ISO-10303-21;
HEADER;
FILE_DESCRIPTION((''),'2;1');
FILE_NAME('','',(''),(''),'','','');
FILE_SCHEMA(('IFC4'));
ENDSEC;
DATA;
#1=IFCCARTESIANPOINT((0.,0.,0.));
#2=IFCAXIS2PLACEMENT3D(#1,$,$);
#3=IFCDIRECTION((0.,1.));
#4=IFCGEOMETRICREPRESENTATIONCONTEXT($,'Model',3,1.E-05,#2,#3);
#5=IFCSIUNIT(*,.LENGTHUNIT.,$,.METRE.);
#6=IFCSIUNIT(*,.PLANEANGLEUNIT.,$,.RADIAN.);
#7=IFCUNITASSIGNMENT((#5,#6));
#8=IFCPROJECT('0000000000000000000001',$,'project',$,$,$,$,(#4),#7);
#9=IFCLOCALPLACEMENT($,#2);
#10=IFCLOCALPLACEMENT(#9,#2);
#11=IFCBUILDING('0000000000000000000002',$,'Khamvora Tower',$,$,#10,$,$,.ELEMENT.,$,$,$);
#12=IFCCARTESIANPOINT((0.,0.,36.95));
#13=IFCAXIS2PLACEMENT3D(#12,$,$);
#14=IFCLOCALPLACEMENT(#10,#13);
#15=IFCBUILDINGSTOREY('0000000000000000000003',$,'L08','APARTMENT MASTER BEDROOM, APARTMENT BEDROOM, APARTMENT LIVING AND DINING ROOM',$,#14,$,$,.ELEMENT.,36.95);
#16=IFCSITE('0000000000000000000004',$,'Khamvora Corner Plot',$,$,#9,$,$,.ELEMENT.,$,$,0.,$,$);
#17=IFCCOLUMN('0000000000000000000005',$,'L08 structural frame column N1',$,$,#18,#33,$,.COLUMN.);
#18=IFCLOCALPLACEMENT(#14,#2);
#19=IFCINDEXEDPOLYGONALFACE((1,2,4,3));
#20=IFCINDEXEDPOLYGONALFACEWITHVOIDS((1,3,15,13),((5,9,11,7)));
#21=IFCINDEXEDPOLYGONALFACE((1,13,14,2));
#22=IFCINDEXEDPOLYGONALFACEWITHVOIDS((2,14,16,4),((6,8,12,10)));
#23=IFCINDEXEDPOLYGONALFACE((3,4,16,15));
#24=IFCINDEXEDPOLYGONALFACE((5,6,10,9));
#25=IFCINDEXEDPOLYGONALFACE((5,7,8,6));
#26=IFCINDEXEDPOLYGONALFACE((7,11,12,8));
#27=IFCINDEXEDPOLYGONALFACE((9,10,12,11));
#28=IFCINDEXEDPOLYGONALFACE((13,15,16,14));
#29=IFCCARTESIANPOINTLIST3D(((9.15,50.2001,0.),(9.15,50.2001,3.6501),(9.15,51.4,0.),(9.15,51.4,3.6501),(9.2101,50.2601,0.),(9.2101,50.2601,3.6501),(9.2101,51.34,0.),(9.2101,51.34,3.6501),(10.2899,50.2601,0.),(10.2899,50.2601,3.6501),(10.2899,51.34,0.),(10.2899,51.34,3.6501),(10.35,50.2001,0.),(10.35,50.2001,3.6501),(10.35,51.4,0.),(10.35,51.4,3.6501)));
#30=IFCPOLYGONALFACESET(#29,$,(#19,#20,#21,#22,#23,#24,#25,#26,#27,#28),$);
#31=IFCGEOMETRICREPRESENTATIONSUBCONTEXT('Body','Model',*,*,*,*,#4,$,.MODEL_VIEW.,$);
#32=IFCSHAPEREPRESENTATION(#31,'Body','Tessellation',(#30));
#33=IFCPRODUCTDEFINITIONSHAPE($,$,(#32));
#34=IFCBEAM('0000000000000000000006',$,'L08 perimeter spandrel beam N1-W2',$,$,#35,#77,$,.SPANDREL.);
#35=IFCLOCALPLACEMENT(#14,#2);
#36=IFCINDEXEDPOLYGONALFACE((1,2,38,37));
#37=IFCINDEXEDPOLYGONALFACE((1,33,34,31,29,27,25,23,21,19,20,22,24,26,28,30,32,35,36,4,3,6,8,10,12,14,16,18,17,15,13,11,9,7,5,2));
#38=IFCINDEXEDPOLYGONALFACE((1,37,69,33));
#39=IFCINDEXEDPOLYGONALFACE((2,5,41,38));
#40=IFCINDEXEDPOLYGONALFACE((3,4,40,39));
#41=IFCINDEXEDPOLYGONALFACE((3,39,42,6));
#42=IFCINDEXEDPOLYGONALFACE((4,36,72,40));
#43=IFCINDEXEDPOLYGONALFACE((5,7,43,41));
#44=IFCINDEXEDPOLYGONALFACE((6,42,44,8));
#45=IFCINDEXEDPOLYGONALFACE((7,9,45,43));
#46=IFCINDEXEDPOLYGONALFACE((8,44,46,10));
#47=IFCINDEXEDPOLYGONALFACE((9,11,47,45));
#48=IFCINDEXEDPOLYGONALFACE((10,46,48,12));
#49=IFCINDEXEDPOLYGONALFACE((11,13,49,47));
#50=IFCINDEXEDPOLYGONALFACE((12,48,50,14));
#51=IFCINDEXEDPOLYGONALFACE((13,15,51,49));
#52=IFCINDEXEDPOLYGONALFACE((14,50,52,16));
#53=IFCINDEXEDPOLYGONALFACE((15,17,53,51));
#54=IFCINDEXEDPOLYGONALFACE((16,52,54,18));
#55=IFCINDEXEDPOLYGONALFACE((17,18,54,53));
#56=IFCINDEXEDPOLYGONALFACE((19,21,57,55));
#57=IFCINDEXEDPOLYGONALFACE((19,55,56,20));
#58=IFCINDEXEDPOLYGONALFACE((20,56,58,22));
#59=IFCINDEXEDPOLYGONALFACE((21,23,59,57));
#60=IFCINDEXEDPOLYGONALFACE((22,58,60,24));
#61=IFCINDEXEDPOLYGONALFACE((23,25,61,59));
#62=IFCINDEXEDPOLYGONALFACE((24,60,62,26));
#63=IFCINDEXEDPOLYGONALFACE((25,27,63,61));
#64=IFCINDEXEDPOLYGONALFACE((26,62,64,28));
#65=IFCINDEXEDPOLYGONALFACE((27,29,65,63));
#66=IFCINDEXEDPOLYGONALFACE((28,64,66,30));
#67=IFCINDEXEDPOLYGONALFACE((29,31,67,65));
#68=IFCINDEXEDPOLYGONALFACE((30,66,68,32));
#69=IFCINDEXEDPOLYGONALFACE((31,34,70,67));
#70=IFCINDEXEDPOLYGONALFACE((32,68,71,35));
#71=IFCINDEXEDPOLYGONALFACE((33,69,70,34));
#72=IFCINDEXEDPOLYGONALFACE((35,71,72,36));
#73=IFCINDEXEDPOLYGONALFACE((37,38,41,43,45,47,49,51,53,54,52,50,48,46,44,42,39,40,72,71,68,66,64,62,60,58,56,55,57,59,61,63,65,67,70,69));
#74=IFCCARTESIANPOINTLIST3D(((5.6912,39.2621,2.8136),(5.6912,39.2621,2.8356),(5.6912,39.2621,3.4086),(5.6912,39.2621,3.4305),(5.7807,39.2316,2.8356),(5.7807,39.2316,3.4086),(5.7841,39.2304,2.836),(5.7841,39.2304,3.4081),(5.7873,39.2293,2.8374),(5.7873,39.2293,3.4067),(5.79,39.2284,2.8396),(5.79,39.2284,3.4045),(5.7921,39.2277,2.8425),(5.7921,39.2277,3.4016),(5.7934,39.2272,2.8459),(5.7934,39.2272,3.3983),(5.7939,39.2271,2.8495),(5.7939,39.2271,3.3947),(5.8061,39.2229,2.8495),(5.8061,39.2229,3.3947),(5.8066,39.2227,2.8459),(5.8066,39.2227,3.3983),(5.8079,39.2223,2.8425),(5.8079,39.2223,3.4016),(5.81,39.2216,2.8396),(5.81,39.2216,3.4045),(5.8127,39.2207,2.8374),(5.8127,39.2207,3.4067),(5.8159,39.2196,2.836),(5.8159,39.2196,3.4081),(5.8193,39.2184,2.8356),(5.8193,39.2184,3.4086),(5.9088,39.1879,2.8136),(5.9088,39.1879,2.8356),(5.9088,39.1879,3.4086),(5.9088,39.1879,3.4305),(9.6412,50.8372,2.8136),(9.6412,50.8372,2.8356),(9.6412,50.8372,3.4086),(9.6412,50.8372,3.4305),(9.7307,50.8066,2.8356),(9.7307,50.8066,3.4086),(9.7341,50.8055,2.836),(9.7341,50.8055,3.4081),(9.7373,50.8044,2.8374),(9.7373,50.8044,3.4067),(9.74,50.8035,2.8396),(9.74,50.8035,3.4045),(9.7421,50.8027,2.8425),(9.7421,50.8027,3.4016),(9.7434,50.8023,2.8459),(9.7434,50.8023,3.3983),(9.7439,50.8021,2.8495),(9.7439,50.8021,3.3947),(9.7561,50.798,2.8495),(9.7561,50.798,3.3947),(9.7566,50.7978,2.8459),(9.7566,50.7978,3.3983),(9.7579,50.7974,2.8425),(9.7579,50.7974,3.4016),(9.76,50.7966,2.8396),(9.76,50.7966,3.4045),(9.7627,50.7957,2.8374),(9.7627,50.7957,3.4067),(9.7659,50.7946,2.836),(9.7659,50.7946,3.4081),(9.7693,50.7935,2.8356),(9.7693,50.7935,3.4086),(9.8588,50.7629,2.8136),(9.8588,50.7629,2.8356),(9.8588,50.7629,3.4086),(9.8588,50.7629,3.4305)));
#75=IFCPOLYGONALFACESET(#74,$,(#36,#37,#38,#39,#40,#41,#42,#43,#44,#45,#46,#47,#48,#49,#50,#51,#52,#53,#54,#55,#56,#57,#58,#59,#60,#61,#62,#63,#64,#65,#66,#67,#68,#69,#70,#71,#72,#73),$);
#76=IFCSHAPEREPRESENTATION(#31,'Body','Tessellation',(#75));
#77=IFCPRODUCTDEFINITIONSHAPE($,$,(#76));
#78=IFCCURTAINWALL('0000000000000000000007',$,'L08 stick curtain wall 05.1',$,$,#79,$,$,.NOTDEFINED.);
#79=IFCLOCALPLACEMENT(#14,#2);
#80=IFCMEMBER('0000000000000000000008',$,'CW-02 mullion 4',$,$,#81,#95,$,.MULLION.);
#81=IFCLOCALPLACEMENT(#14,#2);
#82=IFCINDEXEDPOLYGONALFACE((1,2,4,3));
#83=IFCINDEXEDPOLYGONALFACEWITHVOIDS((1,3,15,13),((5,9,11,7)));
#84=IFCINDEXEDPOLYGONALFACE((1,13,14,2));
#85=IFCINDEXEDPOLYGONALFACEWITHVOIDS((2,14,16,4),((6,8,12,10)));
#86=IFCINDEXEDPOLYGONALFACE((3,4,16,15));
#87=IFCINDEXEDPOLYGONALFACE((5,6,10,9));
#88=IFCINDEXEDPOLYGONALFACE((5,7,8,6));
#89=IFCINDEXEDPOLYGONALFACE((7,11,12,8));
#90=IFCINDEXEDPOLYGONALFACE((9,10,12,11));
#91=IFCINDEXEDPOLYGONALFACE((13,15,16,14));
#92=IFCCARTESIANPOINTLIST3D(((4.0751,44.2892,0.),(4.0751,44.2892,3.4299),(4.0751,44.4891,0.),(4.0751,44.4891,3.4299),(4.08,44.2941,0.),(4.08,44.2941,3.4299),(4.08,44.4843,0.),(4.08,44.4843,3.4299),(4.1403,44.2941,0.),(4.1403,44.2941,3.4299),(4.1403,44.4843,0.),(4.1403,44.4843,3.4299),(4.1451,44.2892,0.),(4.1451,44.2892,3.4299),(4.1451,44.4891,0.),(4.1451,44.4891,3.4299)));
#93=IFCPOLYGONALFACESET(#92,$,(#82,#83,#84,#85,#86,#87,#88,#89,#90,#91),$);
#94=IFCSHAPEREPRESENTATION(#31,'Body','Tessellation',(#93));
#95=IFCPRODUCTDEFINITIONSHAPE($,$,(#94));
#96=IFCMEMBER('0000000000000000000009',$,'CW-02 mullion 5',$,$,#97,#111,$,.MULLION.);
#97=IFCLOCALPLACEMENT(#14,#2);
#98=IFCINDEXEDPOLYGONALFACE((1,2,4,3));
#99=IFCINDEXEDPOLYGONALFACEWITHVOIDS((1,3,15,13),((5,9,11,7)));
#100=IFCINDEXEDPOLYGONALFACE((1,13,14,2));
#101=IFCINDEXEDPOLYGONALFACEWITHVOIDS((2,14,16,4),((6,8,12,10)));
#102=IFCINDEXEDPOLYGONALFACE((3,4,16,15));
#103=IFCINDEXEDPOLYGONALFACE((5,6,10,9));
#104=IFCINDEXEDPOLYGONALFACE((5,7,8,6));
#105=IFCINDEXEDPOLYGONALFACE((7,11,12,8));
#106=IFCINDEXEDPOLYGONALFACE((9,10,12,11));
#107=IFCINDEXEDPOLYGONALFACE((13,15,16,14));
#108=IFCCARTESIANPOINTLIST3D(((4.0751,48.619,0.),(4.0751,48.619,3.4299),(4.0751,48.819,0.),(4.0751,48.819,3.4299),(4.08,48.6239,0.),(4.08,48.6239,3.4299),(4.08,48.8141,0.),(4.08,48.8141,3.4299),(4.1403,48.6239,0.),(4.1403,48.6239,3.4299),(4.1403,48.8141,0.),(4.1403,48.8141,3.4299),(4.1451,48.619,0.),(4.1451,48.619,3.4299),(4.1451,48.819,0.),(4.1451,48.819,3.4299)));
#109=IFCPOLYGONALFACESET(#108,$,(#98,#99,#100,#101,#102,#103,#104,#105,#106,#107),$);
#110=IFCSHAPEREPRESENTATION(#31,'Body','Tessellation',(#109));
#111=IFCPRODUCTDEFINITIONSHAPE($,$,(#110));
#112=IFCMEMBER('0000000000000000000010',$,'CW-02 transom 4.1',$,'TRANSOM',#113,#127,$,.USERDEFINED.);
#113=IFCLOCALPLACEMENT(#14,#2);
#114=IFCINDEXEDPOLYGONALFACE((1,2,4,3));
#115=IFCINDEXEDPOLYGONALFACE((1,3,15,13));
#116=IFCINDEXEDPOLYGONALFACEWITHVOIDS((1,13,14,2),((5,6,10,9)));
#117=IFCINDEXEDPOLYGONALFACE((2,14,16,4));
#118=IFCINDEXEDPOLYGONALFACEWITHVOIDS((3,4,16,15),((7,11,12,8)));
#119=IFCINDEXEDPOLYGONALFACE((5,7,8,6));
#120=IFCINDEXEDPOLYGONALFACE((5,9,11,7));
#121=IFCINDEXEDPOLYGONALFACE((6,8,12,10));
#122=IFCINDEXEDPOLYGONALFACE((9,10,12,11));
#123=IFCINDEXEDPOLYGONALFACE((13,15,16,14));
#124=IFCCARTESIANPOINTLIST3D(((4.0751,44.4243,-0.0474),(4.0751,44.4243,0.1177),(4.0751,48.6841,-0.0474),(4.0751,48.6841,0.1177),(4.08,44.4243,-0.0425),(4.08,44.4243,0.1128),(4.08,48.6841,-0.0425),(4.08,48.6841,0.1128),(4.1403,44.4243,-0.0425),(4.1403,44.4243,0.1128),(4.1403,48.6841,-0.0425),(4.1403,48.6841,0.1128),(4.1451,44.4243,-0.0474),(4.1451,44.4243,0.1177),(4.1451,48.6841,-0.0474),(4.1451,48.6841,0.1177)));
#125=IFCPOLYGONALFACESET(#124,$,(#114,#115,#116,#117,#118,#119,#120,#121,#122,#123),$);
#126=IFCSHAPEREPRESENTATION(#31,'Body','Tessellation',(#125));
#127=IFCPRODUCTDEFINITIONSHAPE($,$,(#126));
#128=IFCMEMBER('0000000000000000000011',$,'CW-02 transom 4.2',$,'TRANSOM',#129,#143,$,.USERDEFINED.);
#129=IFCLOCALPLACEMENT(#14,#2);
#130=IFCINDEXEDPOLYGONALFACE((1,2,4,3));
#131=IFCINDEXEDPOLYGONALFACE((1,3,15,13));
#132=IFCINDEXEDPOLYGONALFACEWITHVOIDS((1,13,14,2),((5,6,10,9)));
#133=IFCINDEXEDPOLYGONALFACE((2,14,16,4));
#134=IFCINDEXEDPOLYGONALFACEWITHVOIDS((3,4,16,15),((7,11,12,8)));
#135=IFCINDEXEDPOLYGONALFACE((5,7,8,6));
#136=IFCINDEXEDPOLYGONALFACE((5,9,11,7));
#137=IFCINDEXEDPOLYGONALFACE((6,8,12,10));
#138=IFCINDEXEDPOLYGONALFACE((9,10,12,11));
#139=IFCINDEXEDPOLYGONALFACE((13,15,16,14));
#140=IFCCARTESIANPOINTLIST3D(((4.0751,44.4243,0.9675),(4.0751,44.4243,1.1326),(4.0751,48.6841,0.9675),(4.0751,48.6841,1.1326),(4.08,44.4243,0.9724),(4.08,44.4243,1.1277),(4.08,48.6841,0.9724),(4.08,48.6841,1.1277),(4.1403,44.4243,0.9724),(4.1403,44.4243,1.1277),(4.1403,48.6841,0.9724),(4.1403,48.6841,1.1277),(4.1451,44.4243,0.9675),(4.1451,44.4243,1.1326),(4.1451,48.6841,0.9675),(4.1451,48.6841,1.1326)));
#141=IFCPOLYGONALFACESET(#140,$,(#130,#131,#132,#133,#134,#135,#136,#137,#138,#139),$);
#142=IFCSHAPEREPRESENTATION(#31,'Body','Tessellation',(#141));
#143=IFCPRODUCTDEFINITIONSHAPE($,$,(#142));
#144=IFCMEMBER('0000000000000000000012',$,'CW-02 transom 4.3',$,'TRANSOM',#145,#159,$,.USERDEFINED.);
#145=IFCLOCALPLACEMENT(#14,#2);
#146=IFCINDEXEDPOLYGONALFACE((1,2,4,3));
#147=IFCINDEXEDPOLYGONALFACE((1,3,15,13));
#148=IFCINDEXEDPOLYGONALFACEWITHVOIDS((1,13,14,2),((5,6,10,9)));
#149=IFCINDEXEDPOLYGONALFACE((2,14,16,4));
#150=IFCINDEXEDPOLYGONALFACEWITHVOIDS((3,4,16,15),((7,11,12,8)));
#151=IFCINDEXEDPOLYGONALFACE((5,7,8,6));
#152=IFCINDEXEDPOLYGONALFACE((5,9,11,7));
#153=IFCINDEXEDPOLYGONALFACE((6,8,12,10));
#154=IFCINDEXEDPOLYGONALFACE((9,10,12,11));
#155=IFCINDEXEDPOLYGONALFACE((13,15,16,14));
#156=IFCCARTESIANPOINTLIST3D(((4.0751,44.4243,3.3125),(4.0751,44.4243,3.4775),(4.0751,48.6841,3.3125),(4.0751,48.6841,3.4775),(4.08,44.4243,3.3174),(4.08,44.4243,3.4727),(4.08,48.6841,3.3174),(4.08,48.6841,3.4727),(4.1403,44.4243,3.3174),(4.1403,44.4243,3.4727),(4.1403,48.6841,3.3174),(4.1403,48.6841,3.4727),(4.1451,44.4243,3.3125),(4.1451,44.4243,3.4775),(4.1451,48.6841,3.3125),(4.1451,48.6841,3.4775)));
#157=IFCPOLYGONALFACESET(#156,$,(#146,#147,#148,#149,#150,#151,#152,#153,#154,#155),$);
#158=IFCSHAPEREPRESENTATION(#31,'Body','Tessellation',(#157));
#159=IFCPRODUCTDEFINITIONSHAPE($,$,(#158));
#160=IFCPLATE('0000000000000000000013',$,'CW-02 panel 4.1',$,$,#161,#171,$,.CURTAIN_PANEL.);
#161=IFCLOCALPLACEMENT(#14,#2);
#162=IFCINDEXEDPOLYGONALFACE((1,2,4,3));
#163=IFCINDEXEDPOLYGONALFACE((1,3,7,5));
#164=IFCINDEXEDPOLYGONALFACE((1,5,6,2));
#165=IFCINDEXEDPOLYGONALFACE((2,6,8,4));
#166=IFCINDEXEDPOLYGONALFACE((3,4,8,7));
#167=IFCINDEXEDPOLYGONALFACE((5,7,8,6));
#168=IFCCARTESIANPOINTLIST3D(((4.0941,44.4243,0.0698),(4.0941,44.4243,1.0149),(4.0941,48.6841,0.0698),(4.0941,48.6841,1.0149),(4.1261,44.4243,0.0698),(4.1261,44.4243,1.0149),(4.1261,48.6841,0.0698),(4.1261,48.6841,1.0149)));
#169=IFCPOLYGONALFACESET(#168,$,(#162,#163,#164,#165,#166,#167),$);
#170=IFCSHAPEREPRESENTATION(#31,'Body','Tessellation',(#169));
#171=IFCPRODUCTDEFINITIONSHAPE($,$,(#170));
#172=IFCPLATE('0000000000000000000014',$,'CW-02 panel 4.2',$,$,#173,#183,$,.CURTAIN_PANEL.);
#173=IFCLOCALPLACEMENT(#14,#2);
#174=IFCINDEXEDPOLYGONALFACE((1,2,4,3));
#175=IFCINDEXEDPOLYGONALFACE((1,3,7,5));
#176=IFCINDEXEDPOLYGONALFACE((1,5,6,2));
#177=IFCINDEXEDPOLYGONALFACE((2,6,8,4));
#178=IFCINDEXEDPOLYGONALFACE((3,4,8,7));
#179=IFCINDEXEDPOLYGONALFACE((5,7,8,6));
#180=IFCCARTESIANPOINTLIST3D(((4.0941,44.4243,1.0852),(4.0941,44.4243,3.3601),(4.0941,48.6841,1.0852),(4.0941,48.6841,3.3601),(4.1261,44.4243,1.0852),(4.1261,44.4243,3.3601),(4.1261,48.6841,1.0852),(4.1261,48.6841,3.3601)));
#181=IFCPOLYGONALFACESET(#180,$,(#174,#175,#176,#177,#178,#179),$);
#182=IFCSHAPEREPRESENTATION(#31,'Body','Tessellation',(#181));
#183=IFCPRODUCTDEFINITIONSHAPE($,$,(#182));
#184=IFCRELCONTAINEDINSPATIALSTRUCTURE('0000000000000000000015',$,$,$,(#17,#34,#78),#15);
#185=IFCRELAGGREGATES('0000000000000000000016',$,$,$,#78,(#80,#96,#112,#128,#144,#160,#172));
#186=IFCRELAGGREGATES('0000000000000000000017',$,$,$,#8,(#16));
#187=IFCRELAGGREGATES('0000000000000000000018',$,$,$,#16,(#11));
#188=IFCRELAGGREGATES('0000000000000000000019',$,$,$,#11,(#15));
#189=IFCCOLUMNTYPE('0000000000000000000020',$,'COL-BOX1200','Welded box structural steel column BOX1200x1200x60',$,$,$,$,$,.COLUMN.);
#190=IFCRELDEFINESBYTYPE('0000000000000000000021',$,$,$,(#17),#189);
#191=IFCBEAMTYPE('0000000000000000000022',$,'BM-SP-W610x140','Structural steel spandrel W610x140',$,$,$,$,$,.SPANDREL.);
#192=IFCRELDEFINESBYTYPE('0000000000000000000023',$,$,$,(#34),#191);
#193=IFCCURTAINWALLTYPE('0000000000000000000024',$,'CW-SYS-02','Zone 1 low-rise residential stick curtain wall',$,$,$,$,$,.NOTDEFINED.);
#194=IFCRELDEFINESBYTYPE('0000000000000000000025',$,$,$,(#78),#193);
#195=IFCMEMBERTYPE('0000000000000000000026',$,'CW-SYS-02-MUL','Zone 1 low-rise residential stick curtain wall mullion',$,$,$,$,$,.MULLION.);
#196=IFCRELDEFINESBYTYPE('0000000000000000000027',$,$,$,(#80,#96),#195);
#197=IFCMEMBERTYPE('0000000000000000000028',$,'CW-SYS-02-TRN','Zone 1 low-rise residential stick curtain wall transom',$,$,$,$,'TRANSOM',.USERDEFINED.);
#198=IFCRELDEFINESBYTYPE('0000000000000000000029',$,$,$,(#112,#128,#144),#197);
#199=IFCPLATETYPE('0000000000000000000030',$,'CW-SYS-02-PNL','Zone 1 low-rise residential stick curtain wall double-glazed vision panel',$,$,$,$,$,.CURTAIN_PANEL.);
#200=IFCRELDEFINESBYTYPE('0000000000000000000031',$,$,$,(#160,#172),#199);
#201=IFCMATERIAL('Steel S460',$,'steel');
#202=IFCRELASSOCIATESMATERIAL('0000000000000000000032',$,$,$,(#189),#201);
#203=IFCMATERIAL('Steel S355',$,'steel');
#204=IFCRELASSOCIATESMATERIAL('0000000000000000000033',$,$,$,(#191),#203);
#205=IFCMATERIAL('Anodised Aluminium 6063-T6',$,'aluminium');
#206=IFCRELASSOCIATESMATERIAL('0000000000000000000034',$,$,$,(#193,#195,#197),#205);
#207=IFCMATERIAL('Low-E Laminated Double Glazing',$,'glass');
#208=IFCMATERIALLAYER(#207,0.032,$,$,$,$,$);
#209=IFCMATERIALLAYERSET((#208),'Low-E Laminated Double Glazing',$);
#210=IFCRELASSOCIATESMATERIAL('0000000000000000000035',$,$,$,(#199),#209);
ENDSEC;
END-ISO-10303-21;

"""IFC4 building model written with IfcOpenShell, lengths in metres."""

from ifc_helpers import new_model, si_unit, direction, frame, origin, origin_2d, place, context, subcontext, project, spatial, rectangle, hollow_rectangle, i_section, extrude, material, layer, layer_set, material_profile, profile_set, type_object, element, aggregate, save


model = new_model("IFC4")

# Units and contexts
model_context = context("Model", 3, precision=1e-05, world=origin(), true_north=direction((0.0, 1.0)))
body_context = subcontext(model_context, "Body", "Model", "MODEL_VIEW")
ifc_project = project(units=[si_unit("LENGTHUNIT", "METRE"), si_unit("PLANEANGLEUNIT", "RADIAN")], contexts=[model_context])

# Site, building, storey
site_placement = place(None, origin())
site = spatial("IfcSite", under=ifc_project, at=site_placement, Name="Khamvora Corner Plot", CompositionType="ELEMENT", RefElevation=0.0)
building_placement = place(site_placement, origin())
building = spatial("IfcBuilding", under=site, at=building_placement, Name="Khamvora Tower", CompositionType="ELEMENT")
storey_placement = place(building_placement, frame((0.0, 0.0, 36.95)))
storey = spatial("IfcBuildingStorey", under=building, at=storey_placement, Name="L08", Description="APARTMENT MASTER BEDROOM, APARTMENT BEDROOM, APARTMENT LIVING AND DINING ROOM", CompositionType="ELEMENT", Elevation=36.95)

# Column
ifc_material_1 = material(Name="Steel S460", Category="steel")
ifc_material_profile_1 = material_profile(ifc_material_1, hollow_rectangle(XDim=1.2, YDim=1.2, WallThickness=0.0601, at=origin_2d()), Name="BOX1200x1200x60")
ifc_profile_set_1 = profile_set([ifc_material_profile_1], Name="Steel S460")
column_type = type_object("IfcColumnType", Name="COL-BOX1200", Description="Welded box structural steel column BOX1200x1200x60", PredefinedType="COLUMN", material=ifc_profile_set_1)
column_placement = place(storey_placement, frame((9.75, 50.8, 0.0), z_axis=(0.0, 0.0, 1.0), x_axis=(1.0, 0.0, 0.0)))
element("IfcColumn", 1, at=column_placement, inside=storey, type_object=column_type, Name="L08 structural frame column N1", PredefinedType="COLUMN", context=body_context, shape_type="SweptSolid", body=[
    extrude(hollow_rectangle(XDim=1.2, YDim=1.2, WallThickness=0.0601, at=origin_2d()), origin(), (0.0, 0.0, 1.0), 3.6501),
])

# Beam
ifc_material_2 = material(Name="Steel S355", Category="steel")
ifc_material_profile_2 = material_profile(ifc_material_2, i_section(OverallWidth=0.23, OverallDepth=0.6169, WebThickness=0.0129, FlangeThickness=0.022, FilletRadius=0.0139, at=origin_2d()), Name="W610x140")
ifc_profile_set_2 = profile_set([ifc_material_profile_2], Name="Steel S355")
beam_type = type_object("IfcBeamType", Name="BM-SP-W610x140", Description="Structural steel spandrel W610x140", PredefinedType="SPANDREL", material=ifc_profile_set_2)
beam_placement = place(storey_placement, frame((9.75, 50.8, 3.1221), z_axis=(-0.322963, -0.946412, 0.0), x_axis=(0.946412, -0.322963, 0.0)))
element("IfcBeam", 2, at=beam_placement, inside=storey, type_object=beam_type, Name="L08 perimeter spandrel beam N1-W2", PredefinedType="SPANDREL", context=body_context, shape_type="SweptSolid", body=[
    extrude(i_section(OverallWidth=0.23, OverallDepth=0.6169, WebThickness=0.0129, FlangeThickness=0.022, FilletRadius=0.0139, at=origin_2d()), origin(), (0.0, 0.0, 1.0), 12.2305),
])

# Curtain wall, members, plates
ifc_material_3 = material(Name="Anodised Aluminium 6063-T6", Category="aluminium")
curtain_wall_type = type_object("IfcCurtainWallType", Name="CW-SYS-02", Description="Zone 1 low-rise residential stick curtain wall", PredefinedType="NOTDEFINED", material=ifc_material_3)
curtain_wall_placement = place(storey_placement, origin())
curtain_wall = element("IfcCurtainWall", 3, at=curtain_wall_placement, inside=storey, type_object=curtain_wall_type, Name="L08 stick curtain wall 05.1", PredefinedType="NOTDEFINED")
ifc_material_profile_3 = material_profile(ifc_material_3, hollow_rectangle(XDim=0.0701, YDim=0.2, WallThickness=0.0049, at=origin_2d()), Name="MUL70x200x5")
ifc_profile_set_3 = profile_set([ifc_material_profile_3], Name="Anodised Aluminium 6063-T6")
member_type_1 = type_object("IfcMemberType", Name="CW-SYS-02-MUL", Description="Zone 1 low-rise residential stick curtain wall mullion", PredefinedType="MULLION", material=ifc_profile_set_3)
member_1_placement = place(storey_placement, frame((4.1101, 44.3892, 0.0), z_axis=(0.0, 0.0, 1.0), x_axis=(-1.0, 0.0, 0.0)))
member_1 = element("IfcMember", 4, at=member_1_placement, type_object=member_type_1, Name="CW-02 mullion 4", PredefinedType="MULLION", context=body_context, shape_type="SweptSolid", body=[
    extrude(hollow_rectangle(XDim=0.0701, YDim=0.2, WallThickness=0.0049, at=origin_2d()), origin(), (0.0, 0.0, 1.0), 3.4299),
])
member_2_placement = place(storey_placement, frame((4.1101, 48.719, 0.0), z_axis=(0.0, 0.0, 1.0), x_axis=(-1.0, 0.0, 0.0)))
member_2 = element("IfcMember", 5, at=member_2_placement, type_object=member_type_1, Name="CW-02 mullion 5", PredefinedType="MULLION", context=body_context, shape_type="SweptSolid", body=[
    extrude(hollow_rectangle(XDim=0.0701, YDim=0.2, WallThickness=0.0049, at=origin_2d()), origin(), (0.0, 0.0, 1.0), 3.4299),
])
ifc_material_profile_4 = material_profile(ifc_material_3, hollow_rectangle(XDim=0.0701, YDim=0.165, WallThickness=0.0049, at=origin_2d()), Name="TRN70x165x5")
ifc_profile_set_4 = profile_set([ifc_material_profile_4], Name="Anodised Aluminium 6063-T6")
member_type_2 = type_object("IfcMemberType", Name="CW-SYS-02-TRN", Description="Zone 1 low-rise residential stick curtain wall transom", ElementType="TRANSOM", PredefinedType="USERDEFINED", material=ifc_profile_set_4)
member_3_placement = place(storey_placement, frame((4.1101, 44.4243, 0.0352), z_axis=(0.0, 1.0, 0.0), x_axis=(-1.0, 0.0, 0.0)))
member_3 = element("IfcMember", 6, at=member_3_placement, type_object=member_type_2, Name="CW-02 transom 4.1", ObjectType="TRANSOM", PredefinedType="USERDEFINED", context=body_context, shape_type="SweptSolid", body=[
    extrude(hollow_rectangle(XDim=0.0701, YDim=0.165, WallThickness=0.0049, at=origin_2d()), origin(), (0.0, 0.0, 1.0), 4.2598),
])
member_4_placement = place(storey_placement, frame((4.1101, 44.4243, 1.05), z_axis=(0.0, 1.0, 0.0), x_axis=(-1.0, 0.0, 0.0)))
member_4 = element("IfcMember", 7, at=member_4_placement, type_object=member_type_2, Name="CW-02 transom 4.2", ObjectType="TRANSOM", PredefinedType="USERDEFINED", context=body_context, shape_type="SweptSolid", body=[
    extrude(hollow_rectangle(XDim=0.0701, YDim=0.165, WallThickness=0.0049, at=origin_2d()), origin(), (0.0, 0.0, 1.0), 4.2598),
])
member_5_placement = place(storey_placement, frame((4.1101, 44.4243, 3.395), z_axis=(0.0, 1.0, 0.0), x_axis=(-1.0, 0.0, 0.0)))
member_5 = element("IfcMember", 8, at=member_5_placement, type_object=member_type_2, Name="CW-02 transom 4.3", ObjectType="TRANSOM", PredefinedType="USERDEFINED", context=body_context, shape_type="SweptSolid", body=[
    extrude(hollow_rectangle(XDim=0.0701, YDim=0.165, WallThickness=0.0049, at=origin_2d()), origin(), (0.0, 0.0, 1.0), 4.2598),
])
ifc_material_4 = material(Name="Low-E Laminated Double Glazing", Category="glass")
ifc_layer_1 = layer(ifc_material_4, 0.032)
ifc_layer_set_1 = layer_set([ifc_layer_1], Name="Low-E Laminated Double Glazing")
plate_type = type_object("IfcPlateType", Name="CW-SYS-02-PNL", Description="Zone 1 low-rise residential stick curtain wall double-glazed vision panel", PredefinedType="CURTAIN_PANEL", material=ifc_layer_set_1)
plate_1_placement = place(storey_placement, frame((4.1101, 46.5542, 0.0698), z_axis=(0.0, 0.0, 1.0), x_axis=(0.0, 1.0, 0.0)))
plate_1 = element("IfcPlate", 9, at=plate_1_placement, type_object=plate_type, Name="CW-02 panel 4.1", PredefinedType="CURTAIN_PANEL", context=body_context, shape_type="SweptSolid", body=[
    extrude(rectangle(XDim=4.2598, YDim=0.032, at=origin_2d()), origin(), (0.0, 0.0, 1.0), 0.9451),
])
plate_2_placement = place(storey_placement, frame((4.1101, 46.5542, 1.0852), z_axis=(0.0, 0.0, 1.0), x_axis=(0.0, 1.0, 0.0)))
plate_2 = element("IfcPlate", 10, at=plate_2_placement, type_object=plate_type, Name="CW-02 panel 4.2", PredefinedType="CURTAIN_PANEL", context=body_context, shape_type="SweptSolid", body=[
    extrude(rectangle(XDim=4.2598, YDim=0.032, at=origin_2d()), origin(), (0.0, 0.0, 1.0), 2.2749),
])
aggregate(curtain_wall, [member_1, member_2, member_3, member_4, member_5, plate_1, plate_2])

save(model, "model.ifc")
